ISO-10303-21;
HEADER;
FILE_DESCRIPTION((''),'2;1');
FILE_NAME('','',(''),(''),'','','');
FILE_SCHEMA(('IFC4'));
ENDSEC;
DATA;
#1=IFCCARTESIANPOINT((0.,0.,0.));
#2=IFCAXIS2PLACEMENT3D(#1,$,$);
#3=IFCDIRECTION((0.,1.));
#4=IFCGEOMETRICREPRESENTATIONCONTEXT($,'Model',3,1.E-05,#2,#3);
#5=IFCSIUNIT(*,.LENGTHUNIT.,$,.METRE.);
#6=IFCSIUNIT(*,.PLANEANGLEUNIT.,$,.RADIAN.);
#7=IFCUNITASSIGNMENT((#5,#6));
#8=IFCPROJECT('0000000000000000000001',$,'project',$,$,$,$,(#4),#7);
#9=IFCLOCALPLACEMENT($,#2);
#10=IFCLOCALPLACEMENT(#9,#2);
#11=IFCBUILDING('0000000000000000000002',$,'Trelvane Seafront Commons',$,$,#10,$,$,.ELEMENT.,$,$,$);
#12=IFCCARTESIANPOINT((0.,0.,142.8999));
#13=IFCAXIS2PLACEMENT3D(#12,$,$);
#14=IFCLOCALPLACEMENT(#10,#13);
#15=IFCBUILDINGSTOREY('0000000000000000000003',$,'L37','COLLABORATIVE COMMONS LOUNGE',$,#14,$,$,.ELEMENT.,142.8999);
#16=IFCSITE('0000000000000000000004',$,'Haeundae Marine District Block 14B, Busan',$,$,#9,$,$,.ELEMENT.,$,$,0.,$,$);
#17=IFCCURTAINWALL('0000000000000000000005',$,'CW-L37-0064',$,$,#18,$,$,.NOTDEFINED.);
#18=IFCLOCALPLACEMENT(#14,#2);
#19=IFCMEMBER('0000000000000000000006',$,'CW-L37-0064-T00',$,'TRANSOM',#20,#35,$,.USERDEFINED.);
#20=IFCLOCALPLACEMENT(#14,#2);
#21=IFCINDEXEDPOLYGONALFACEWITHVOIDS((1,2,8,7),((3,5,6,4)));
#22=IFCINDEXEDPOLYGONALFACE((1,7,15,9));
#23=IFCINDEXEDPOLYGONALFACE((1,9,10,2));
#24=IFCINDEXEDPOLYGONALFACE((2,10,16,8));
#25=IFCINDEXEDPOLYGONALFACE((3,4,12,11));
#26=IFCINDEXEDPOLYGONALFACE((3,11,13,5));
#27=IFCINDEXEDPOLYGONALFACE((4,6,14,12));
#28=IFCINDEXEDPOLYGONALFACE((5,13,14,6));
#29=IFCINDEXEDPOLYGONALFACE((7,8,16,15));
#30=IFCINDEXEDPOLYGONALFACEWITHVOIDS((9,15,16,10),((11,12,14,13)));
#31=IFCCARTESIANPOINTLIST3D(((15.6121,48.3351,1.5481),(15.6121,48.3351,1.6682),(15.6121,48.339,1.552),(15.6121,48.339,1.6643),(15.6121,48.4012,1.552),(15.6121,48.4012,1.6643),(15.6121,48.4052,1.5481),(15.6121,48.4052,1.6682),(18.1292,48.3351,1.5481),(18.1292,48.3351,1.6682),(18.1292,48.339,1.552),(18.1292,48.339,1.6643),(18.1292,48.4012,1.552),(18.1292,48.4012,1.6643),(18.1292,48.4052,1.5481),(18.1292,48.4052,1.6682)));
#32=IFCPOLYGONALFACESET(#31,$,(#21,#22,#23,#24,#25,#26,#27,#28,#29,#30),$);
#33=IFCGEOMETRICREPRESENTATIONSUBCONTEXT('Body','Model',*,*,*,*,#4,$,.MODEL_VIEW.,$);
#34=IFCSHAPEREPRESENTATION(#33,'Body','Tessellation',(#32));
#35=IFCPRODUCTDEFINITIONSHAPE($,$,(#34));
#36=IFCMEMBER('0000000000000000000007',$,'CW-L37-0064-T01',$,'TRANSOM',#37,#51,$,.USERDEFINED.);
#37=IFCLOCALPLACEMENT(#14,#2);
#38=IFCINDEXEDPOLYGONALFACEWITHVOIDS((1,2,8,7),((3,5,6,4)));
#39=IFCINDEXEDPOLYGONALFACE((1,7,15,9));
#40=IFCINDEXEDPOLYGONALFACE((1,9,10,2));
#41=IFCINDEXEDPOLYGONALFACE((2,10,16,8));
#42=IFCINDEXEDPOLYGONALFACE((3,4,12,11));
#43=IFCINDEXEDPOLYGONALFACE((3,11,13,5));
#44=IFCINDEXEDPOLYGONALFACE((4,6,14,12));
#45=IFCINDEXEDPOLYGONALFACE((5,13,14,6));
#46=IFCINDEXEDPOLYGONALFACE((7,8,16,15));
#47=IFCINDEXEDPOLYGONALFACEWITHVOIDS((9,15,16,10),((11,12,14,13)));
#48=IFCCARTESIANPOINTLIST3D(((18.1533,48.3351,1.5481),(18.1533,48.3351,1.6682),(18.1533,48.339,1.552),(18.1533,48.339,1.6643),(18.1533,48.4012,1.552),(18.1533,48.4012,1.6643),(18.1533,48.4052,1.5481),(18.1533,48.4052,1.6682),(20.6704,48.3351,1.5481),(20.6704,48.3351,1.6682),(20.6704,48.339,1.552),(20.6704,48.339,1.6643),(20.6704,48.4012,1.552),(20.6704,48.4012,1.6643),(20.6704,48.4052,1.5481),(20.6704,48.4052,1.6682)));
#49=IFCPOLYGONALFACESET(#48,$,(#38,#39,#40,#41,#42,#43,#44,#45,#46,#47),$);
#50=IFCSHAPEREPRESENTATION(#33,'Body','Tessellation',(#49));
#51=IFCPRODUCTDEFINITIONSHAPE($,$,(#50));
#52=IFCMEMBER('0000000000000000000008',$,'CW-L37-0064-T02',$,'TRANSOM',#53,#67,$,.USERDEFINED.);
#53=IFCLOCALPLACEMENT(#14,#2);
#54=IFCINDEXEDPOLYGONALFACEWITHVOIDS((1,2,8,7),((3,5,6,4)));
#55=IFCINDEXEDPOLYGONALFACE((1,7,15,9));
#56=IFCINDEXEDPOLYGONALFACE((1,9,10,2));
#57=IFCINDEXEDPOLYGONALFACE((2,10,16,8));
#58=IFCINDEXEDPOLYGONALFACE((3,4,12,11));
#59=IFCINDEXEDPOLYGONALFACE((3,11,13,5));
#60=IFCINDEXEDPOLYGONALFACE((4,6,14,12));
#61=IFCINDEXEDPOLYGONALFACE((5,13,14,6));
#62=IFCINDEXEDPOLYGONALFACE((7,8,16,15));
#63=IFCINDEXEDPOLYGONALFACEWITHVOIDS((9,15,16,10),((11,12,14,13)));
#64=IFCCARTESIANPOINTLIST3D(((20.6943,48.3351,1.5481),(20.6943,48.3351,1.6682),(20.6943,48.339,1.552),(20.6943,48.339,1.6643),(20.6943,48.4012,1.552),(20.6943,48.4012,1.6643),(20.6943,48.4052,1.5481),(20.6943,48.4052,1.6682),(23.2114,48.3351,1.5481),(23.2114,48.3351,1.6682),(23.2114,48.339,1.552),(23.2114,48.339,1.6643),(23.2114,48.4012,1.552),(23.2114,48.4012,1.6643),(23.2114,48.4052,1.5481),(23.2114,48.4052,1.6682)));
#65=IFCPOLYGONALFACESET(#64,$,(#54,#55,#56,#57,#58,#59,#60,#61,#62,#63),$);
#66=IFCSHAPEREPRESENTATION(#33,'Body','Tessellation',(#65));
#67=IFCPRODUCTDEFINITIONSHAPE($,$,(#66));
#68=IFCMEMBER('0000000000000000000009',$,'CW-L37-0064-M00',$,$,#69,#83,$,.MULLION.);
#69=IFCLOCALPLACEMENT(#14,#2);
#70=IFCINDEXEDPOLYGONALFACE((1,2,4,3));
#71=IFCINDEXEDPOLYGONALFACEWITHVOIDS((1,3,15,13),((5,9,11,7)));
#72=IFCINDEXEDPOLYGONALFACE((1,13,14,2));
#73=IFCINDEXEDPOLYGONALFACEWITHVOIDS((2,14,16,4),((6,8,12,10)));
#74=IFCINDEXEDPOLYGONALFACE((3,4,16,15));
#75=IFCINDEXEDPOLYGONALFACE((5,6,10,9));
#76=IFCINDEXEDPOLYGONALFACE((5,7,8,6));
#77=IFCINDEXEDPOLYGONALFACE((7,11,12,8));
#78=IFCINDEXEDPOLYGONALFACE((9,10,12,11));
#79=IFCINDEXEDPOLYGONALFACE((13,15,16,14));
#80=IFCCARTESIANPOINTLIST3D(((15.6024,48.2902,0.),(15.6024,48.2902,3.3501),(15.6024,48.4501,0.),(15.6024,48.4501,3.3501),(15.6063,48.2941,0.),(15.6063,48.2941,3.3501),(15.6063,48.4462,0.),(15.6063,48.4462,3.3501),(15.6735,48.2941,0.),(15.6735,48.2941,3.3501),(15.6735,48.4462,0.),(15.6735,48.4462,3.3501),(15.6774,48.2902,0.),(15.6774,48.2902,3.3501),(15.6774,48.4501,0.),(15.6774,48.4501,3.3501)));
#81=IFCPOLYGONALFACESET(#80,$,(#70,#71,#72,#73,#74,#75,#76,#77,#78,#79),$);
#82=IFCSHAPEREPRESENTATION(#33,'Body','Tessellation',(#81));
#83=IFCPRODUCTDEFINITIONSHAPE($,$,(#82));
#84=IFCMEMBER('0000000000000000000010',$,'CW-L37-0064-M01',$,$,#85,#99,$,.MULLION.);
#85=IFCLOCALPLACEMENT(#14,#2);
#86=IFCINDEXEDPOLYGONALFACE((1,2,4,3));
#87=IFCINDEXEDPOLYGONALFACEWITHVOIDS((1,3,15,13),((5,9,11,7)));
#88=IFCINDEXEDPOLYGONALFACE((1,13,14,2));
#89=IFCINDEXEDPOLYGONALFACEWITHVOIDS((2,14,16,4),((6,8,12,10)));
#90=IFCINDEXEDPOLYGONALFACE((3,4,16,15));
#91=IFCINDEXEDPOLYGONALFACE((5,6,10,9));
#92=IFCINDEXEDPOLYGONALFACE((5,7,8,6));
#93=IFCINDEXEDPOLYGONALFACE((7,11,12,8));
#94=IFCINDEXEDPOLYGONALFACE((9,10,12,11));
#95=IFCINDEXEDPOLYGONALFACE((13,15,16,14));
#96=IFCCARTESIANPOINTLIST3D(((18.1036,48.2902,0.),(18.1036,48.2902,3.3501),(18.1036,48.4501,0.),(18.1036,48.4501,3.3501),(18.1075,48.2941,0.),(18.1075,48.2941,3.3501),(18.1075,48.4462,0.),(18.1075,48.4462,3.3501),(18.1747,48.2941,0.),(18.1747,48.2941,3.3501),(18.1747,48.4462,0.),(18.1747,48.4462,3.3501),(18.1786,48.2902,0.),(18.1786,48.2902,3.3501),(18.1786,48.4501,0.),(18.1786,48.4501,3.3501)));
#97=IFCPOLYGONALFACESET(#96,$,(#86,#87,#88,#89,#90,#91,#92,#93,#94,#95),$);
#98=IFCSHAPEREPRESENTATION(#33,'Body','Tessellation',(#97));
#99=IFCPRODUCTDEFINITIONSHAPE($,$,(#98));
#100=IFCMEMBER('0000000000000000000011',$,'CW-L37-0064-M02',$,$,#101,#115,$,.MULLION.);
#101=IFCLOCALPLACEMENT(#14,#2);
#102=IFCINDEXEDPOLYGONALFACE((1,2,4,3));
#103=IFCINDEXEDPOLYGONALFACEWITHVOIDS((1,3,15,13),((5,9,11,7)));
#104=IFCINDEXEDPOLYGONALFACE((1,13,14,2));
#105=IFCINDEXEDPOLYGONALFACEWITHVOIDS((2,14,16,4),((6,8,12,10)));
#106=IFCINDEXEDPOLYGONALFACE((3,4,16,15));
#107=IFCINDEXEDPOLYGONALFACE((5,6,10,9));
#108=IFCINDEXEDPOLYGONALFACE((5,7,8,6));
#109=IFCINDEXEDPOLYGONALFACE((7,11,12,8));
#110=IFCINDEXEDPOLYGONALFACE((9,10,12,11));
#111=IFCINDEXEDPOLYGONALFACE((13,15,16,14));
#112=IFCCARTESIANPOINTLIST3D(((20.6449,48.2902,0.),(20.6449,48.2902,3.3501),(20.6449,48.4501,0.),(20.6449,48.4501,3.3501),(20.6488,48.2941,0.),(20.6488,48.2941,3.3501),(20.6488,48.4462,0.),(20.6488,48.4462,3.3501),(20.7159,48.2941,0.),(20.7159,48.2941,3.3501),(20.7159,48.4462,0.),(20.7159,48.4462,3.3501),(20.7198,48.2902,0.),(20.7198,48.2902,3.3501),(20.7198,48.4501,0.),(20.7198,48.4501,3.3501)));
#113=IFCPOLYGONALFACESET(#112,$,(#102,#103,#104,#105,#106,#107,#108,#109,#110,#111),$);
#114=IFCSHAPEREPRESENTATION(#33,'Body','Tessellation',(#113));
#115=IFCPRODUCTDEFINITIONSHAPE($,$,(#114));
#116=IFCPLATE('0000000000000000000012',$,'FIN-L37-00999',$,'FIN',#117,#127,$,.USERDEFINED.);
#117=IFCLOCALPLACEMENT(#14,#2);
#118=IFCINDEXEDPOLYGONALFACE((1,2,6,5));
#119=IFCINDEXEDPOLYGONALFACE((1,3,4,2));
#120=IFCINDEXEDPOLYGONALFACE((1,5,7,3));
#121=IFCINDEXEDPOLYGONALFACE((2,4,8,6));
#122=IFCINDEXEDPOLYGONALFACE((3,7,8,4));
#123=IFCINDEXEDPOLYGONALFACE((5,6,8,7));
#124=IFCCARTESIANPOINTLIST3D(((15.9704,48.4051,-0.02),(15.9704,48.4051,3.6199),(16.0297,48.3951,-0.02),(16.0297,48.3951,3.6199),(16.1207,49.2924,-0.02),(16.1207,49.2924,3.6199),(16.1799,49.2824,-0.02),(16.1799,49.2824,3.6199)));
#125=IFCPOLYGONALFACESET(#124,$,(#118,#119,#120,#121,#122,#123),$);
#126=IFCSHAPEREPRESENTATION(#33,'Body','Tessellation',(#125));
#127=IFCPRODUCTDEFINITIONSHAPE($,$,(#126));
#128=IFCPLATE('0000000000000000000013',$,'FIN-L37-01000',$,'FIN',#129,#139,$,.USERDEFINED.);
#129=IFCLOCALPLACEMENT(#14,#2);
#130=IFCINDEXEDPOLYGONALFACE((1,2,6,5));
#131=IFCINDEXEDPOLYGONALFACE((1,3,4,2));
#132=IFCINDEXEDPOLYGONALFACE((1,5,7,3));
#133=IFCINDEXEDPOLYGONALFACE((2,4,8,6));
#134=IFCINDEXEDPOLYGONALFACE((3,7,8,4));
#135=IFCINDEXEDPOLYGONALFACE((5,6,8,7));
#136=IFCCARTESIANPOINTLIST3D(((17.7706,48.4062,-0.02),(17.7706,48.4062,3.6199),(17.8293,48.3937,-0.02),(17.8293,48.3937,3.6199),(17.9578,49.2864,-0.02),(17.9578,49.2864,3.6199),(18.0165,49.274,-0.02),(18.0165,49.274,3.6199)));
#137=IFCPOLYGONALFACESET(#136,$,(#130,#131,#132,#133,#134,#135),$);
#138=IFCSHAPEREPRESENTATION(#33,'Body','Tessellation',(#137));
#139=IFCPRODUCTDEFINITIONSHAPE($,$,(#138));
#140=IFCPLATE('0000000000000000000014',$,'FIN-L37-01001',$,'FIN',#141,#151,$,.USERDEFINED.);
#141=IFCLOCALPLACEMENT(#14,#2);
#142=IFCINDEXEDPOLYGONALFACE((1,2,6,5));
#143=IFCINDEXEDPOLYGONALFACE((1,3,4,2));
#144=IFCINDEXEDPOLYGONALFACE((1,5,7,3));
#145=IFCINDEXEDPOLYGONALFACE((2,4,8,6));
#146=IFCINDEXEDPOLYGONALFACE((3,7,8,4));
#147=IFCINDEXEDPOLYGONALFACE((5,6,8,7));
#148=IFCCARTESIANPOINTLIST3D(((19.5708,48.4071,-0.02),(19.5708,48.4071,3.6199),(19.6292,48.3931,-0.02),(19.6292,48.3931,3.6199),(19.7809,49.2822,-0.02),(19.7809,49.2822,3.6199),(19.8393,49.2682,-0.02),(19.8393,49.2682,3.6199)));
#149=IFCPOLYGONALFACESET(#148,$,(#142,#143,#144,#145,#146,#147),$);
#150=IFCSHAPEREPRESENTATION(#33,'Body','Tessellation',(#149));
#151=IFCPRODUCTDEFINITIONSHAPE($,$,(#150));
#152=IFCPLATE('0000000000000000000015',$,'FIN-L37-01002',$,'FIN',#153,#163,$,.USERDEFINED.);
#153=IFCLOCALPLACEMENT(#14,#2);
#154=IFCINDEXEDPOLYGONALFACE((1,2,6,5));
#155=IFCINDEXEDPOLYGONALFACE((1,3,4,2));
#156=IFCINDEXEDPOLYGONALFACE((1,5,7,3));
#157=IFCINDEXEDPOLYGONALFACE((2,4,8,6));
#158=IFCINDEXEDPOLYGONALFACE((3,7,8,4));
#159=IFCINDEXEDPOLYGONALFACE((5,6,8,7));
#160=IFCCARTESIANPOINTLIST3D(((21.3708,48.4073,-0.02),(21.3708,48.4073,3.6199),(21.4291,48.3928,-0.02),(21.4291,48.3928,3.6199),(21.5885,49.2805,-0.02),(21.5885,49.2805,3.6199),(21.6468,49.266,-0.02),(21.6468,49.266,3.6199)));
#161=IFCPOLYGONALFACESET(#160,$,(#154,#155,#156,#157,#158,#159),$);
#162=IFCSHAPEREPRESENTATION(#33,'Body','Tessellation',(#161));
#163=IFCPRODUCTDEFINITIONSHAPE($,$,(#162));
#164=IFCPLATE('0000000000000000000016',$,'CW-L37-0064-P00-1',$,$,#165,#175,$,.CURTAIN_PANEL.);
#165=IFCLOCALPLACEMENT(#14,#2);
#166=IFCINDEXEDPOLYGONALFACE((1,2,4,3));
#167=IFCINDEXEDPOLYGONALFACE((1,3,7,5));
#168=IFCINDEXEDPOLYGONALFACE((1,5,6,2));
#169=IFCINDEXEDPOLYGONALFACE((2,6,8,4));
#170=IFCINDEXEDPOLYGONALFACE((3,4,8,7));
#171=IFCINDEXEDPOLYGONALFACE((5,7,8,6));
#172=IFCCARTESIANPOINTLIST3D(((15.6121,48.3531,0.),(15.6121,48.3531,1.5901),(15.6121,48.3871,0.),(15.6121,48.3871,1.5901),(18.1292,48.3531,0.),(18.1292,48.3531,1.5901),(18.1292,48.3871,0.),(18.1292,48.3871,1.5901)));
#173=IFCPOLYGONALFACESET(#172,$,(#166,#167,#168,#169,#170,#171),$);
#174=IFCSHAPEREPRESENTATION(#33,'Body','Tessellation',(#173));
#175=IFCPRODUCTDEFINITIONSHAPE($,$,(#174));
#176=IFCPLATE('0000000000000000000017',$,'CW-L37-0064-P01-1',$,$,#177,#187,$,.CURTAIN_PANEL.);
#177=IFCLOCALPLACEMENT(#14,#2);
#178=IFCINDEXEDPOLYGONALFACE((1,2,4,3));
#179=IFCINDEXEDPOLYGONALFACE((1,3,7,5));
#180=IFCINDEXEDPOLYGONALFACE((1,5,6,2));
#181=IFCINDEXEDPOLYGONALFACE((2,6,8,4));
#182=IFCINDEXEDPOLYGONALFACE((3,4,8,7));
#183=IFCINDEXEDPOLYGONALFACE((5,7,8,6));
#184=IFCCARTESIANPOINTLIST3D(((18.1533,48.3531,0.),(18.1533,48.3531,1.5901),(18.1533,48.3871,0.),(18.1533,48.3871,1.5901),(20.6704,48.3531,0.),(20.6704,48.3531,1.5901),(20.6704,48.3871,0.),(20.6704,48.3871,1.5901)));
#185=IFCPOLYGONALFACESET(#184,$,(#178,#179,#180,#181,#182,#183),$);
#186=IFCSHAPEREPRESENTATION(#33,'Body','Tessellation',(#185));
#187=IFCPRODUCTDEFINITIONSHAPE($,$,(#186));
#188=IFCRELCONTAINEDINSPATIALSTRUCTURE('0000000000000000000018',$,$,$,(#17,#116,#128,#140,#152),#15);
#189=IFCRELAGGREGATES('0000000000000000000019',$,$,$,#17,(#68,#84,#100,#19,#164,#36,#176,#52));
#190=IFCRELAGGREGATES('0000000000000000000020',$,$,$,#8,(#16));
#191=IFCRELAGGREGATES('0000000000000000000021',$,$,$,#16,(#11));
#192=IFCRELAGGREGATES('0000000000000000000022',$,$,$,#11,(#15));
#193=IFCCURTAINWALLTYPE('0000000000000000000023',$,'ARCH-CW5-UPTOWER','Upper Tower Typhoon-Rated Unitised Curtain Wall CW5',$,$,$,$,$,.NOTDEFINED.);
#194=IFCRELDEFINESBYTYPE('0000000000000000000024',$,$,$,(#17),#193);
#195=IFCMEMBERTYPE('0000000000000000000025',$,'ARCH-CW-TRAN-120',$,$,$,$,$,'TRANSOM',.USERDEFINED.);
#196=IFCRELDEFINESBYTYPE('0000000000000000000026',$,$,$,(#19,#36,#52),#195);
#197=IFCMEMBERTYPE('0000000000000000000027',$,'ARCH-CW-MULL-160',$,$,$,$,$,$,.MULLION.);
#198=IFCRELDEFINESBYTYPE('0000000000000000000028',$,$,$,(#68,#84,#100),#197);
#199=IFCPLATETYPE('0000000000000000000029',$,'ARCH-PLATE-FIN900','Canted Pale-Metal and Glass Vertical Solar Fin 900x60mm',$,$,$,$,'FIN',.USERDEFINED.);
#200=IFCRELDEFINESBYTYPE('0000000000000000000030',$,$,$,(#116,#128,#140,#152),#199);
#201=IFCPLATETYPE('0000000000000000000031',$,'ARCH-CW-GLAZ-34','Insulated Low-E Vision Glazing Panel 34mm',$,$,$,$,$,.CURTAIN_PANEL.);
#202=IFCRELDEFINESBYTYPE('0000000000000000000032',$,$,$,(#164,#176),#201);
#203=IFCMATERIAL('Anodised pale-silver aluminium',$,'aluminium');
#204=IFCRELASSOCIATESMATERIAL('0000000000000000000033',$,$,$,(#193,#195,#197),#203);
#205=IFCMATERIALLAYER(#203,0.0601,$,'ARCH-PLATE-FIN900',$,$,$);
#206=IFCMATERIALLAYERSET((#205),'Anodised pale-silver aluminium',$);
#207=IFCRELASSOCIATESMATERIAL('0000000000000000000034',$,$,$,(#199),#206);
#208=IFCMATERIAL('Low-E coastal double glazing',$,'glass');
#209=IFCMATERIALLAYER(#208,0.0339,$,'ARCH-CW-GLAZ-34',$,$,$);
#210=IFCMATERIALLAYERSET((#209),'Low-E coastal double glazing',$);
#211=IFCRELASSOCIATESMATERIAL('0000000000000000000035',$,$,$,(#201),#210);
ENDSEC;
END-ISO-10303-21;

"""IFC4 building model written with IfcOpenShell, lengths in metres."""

from ifc_helpers import new_model, si_unit, direction, frame, origin, origin_2d, place, context, subcontext, project, spatial, rectangle, hollow_rectangle, extrude, source, transform, mapped, material, layer, layer_set, material_profile, profile_set, type_object, element, aggregate, save


model = new_model("IFC4")

# Units and contexts
model_context = context("Model", 3, precision=1e-05, world=origin(), true_north=direction((0.0, 1.0)))
body_context = subcontext(model_context, "Body", "Model", "MODEL_VIEW")
ifc_project = project(units=[si_unit("LENGTHUNIT", "METRE"), si_unit("PLANEANGLEUNIT", "RADIAN")], contexts=[model_context])

# Site, building, storey
site_placement = place(None, origin())
site = spatial("IfcSite", under=ifc_project, at=site_placement, Name="Haeundae Marine District Block 14B, Busan", CompositionType="ELEMENT", RefElevation=0.0)
building_placement = place(site_placement, origin())
building = spatial("IfcBuilding", under=site, at=building_placement, Name="Trelvane Seafront Commons", CompositionType="ELEMENT")
storey_placement = place(building_placement, frame((0.0, 0.0, 142.8999)))
storey = spatial("IfcBuildingStorey", under=building, at=storey_placement, Name="L37", Description="COLLABORATIVE COMMONS LOUNGE", CompositionType="ELEMENT", Elevation=142.8999)

# Curtain wall, members
ifc_material_1 = material(Name="Anodised pale-silver aluminium", Category="aluminium")
curtain_wall_type = type_object("IfcCurtainWallType", Name="ARCH-CW5-UPTOWER", Description="Upper Tower Typhoon-Rated Unitised Curtain Wall CW5", PredefinedType="NOTDEFINED", material=ifc_material_1)
curtain_wall_placement = place(storey_placement, origin())
curtain_wall = element("IfcCurtainWall", 1, at=curtain_wall_placement, inside=storey, type_object=curtain_wall_type, Name="CW-L37-0064", PredefinedType="NOTDEFINED")
ifc_material_profile_1 = material_profile(ifc_material_1, hollow_rectangle(XDim=0.0701, YDim=0.1201, WallThickness=0.0039, at=origin_2d()), Name="TRAN-70x120x4")
ifc_profile_set_1 = profile_set([ifc_material_profile_1], Name="Anodised pale-silver aluminium")
member_type_1 = type_object("IfcMemberType", Name="ARCH-CW-TRAN-120", ElementType="TRANSOM", PredefinedType="USERDEFINED", material=ifc_profile_set_1)
shared_shape_1 = source(origin(), body_context, "Body", "SweptSolid", [
    extrude(hollow_rectangle(XDim=0.0701, YDim=0.1201, WallThickness=0.0039, at=origin_2d()), origin(), (0.0, 0.0, 1.0), 2.5171),
])
member_1_placement = place(storey_placement, frame((15.6121, 48.3701, 1.6082), z_axis=(1.0, 0.0, 0.0), x_axis=(0.0, 1.0, 0.0)))
member_1 = element("IfcMember", 2, at=member_1_placement, type_object=member_type_1, Name="CW-L37-0064-T00", ObjectType="TRANSOM", PredefinedType="USERDEFINED", context=body_context, shape_type="MappedRepresentation", body=[
    mapped(shared_shape_1, transform((0.0, 0.0, 0.0), x_axis=(1.0, 0.0, 0.0), y_axis=(0.0, 1.0, 0.0), z_axis=(0.0, 0.0, 1.0), scale=1.0)),
])
member_2_placement = place(storey_placement, frame((18.1533, 48.3701, 1.6082), z_axis=(1.0, 0.0, 0.0), x_axis=(0.0, 1.0, 0.0)))
member_2 = element("IfcMember", 3, at=member_2_placement, type_object=member_type_1, Name="CW-L37-0064-T01", ObjectType="TRANSOM", PredefinedType="USERDEFINED", context=body_context, shape_type="MappedRepresentation", body=[
    mapped(shared_shape_1, transform((0.0, 0.0, 0.0), x_axis=(1.0, 0.0, 0.0), y_axis=(0.0, 1.0, 0.0), z_axis=(0.0, 0.0, 1.0), scale=1.0)),
])
member_3_placement = place(storey_placement, frame((20.6943, 48.3701, 1.6082), z_axis=(1.0, 0.0, 0.0), x_axis=(0.0, 1.0, 0.0)))
member_3 = element("IfcMember", 4, at=member_3_placement, type_object=member_type_1, Name="CW-L37-0064-T02", ObjectType="TRANSOM", PredefinedType="USERDEFINED", context=body_context, shape_type="MappedRepresentation", body=[
    mapped(shared_shape_1, transform((0.0, 0.0, 0.0), x_axis=(1.0, 0.0, 0.0), y_axis=(0.0, 1.0, 0.0), z_axis=(0.0, 0.0, 1.0), scale=1.0)),
])
ifc_material_profile_2 = material_profile(ifc_material_1, hollow_rectangle(XDim=0.075, YDim=0.1599, WallThickness=0.0039, at=origin_2d()), Name="MULL-75x160x4")
ifc_profile_set_2 = profile_set([ifc_material_profile_2], Name="Anodised pale-silver aluminium")
member_type_2 = type_object("IfcMemberType", Name="ARCH-CW-MULL-160", PredefinedType="MULLION", material=ifc_profile_set_2)
shared_shape_2 = source(origin(), body_context, "Body", "SweptSolid", [
    extrude(hollow_rectangle(XDim=0.075, YDim=0.1599, WallThickness=0.0039, at=origin_2d()), origin(), (0.0, 0.0, 1.0), 3.3501),
])
member_4_placement = place(storey_placement, frame((15.6399, 48.3701, 0.0), z_axis=(0.0, 0.0, 1.0), x_axis=(1.0, 0.0, 0.0)))
member_4 = element("IfcMember", 5, at=member_4_placement, type_object=member_type_2, Name="CW-L37-0064-M00", PredefinedType="MULLION", context=body_context, shape_type="MappedRepresentation", body=[
    mapped(shared_shape_2, transform((0.0, 0.0, 0.0), x_axis=(1.0, 0.0, 0.0), y_axis=(0.0, 1.0, 0.0), z_axis=(0.0, 0.0, 1.0), scale=1.0)),
])
member_5_placement = place(storey_placement, frame((18.1411, 48.3701, 0.0), z_axis=(0.0, 0.0, 1.0), x_axis=(1.0, 0.0, 0.0)))
member_5 = element("IfcMember", 6, at=member_5_placement, type_object=member_type_2, Name="CW-L37-0064-M01", PredefinedType="MULLION", context=body_context, shape_type="MappedRepresentation", body=[
    mapped(shared_shape_2, transform((0.0, 0.0, 0.0), x_axis=(1.0, 0.0, 0.0), y_axis=(0.0, 1.0, 0.0), z_axis=(0.0, 0.0, 1.0), scale=1.0)),
])
member_6_placement = place(storey_placement, frame((20.6824, 48.3701, 0.0), z_axis=(0.0, 0.0, 1.0), x_axis=(1.0, 0.0, 0.0)))
member_6 = element("IfcMember", 7, at=member_6_placement, type_object=member_type_2, Name="CW-L37-0064-M02", PredefinedType="MULLION", context=body_context, shape_type="MappedRepresentation", body=[
    mapped(shared_shape_2, transform((0.0, 0.0, 0.0), x_axis=(1.0, 0.0, 0.0), y_axis=(0.0, 1.0, 0.0), z_axis=(0.0, 0.0, 1.0), scale=1.0)),
])

# Plates
ifc_layer_1 = layer(ifc_material_1, 0.0601, Name="ARCH-PLATE-FIN900")
ifc_layer_set_1 = layer_set([ifc_layer_1], Name="Anodised pale-silver aluminium")
plate_type_1 = type_object("IfcPlateType", Name="ARCH-PLATE-FIN900", Description="Canted Pale-Metal and Glass Vertical Solar Fin 900x60mm", ElementType="FIN", PredefinedType="USERDEFINED", material=ifc_layer_set_1)
shared_shape_3 = source(origin(), body_context, "Body", "SweptSolid", [
    extrude(rectangle(XDim=0.8999, YDim=0.0601, at=origin_2d()), origin(), (0.0, 0.0, 1.0), 3.6399),
])
for number, where, z_axis, x_axis, name in (
    (8, (16.0752, 48.8438, -0.02), (0.0, 0.0, 1.0), (0.166992, 0.985958, 0.0), "FIN-L37-00999"),
    (9, (17.8936, 48.8401, -0.02), (0.0, 0.0, 1.0), (0.208004, 0.978128, 0.0), "FIN-L37-01000"),
    (10, (19.7051, 48.8376, -0.02), (0.0, 0.0, 1.0), (0.233452, 0.972368, 0.0), "FIN-L37-01001"),
    (11, (21.5088, 48.8367, -0.02), (0.0, 0.0, 1.0), (0.241881, 0.970306, 0.0), "FIN-L37-01002"),
):
    element("IfcPlate", number, at=place(storey_placement, frame(where, z_axis=z_axis, x_axis=x_axis)), inside=storey, type_object=plate_type_1, Name=name, ObjectType="FIN", PredefinedType="USERDEFINED", context=body_context, shape_type="MappedRepresentation", body=[
        mapped(shared_shape_3, transform((0.0, 0.0, 0.0), x_axis=(1.0, 0.0, 0.0), y_axis=(0.0, 1.0, 0.0), z_axis=(0.0, 0.0, 1.0), scale=1.0)),
    ])

# Plates
ifc_material_2 = material(Name="Low-E coastal double glazing", Category="glass")
ifc_layer_2 = layer(ifc_material_2, 0.0339, Name="ARCH-CW-GLAZ-34")
ifc_layer_set_2 = layer_set([ifc_layer_2], Name="Low-E coastal double glazing")
plate_type_2 = type_object("IfcPlateType", Name="ARCH-CW-GLAZ-34", Description="Insulated Low-E Vision Glazing Panel 34mm", PredefinedType="CURTAIN_PANEL", material=ifc_layer_set_2)
shared_shape_4 = source(origin(), body_context, "Body", "SweptSolid", [
    extrude(rectangle(XDim=2.5171, YDim=0.0339, at=origin_2d()), origin(), (0.0, 0.0, 1.0), 1.5901),
])
plate_1_placement = place(storey_placement, frame((16.8706, 48.3701, 0.0), z_axis=(0.0, 0.0, 1.0), x_axis=(1.0, 0.0, 0.0)))
plate_1 = element("IfcPlate", 12, at=plate_1_placement, type_object=plate_type_2, Name="CW-L37-0064-P00-1", PredefinedType="CURTAIN_PANEL", context=body_context, shape_type="MappedRepresentation", body=[
    mapped(shared_shape_4, transform((0.0, 0.0, 0.0), x_axis=(1.0, 0.0, 0.0), y_axis=(0.0, 1.0, 0.0), z_axis=(0.0, 0.0, 1.0), scale=1.0)),
])
plate_2_placement = place(storey_placement, frame((19.4119, 48.3701, 0.0), z_axis=(0.0, 0.0, 1.0), x_axis=(1.0, 0.0, 0.0)))
plate_2 = element("IfcPlate", 13, at=plate_2_placement, type_object=plate_type_2, Name="CW-L37-0064-P01-1", PredefinedType="CURTAIN_PANEL", context=body_context, shape_type="MappedRepresentation", body=[
    mapped(shared_shape_4, transform((0.0, 0.0, 0.0), x_axis=(1.0, 0.0, 0.0), y_axis=(0.0, 1.0, 0.0), z_axis=(0.0, 0.0, 1.0), scale=1.0)),
])
aggregate(curtain_wall, [member_4, member_5, member_6, member_1, plate_1, member_2, plate_2, member_3])

save(model, "model.ifc")
